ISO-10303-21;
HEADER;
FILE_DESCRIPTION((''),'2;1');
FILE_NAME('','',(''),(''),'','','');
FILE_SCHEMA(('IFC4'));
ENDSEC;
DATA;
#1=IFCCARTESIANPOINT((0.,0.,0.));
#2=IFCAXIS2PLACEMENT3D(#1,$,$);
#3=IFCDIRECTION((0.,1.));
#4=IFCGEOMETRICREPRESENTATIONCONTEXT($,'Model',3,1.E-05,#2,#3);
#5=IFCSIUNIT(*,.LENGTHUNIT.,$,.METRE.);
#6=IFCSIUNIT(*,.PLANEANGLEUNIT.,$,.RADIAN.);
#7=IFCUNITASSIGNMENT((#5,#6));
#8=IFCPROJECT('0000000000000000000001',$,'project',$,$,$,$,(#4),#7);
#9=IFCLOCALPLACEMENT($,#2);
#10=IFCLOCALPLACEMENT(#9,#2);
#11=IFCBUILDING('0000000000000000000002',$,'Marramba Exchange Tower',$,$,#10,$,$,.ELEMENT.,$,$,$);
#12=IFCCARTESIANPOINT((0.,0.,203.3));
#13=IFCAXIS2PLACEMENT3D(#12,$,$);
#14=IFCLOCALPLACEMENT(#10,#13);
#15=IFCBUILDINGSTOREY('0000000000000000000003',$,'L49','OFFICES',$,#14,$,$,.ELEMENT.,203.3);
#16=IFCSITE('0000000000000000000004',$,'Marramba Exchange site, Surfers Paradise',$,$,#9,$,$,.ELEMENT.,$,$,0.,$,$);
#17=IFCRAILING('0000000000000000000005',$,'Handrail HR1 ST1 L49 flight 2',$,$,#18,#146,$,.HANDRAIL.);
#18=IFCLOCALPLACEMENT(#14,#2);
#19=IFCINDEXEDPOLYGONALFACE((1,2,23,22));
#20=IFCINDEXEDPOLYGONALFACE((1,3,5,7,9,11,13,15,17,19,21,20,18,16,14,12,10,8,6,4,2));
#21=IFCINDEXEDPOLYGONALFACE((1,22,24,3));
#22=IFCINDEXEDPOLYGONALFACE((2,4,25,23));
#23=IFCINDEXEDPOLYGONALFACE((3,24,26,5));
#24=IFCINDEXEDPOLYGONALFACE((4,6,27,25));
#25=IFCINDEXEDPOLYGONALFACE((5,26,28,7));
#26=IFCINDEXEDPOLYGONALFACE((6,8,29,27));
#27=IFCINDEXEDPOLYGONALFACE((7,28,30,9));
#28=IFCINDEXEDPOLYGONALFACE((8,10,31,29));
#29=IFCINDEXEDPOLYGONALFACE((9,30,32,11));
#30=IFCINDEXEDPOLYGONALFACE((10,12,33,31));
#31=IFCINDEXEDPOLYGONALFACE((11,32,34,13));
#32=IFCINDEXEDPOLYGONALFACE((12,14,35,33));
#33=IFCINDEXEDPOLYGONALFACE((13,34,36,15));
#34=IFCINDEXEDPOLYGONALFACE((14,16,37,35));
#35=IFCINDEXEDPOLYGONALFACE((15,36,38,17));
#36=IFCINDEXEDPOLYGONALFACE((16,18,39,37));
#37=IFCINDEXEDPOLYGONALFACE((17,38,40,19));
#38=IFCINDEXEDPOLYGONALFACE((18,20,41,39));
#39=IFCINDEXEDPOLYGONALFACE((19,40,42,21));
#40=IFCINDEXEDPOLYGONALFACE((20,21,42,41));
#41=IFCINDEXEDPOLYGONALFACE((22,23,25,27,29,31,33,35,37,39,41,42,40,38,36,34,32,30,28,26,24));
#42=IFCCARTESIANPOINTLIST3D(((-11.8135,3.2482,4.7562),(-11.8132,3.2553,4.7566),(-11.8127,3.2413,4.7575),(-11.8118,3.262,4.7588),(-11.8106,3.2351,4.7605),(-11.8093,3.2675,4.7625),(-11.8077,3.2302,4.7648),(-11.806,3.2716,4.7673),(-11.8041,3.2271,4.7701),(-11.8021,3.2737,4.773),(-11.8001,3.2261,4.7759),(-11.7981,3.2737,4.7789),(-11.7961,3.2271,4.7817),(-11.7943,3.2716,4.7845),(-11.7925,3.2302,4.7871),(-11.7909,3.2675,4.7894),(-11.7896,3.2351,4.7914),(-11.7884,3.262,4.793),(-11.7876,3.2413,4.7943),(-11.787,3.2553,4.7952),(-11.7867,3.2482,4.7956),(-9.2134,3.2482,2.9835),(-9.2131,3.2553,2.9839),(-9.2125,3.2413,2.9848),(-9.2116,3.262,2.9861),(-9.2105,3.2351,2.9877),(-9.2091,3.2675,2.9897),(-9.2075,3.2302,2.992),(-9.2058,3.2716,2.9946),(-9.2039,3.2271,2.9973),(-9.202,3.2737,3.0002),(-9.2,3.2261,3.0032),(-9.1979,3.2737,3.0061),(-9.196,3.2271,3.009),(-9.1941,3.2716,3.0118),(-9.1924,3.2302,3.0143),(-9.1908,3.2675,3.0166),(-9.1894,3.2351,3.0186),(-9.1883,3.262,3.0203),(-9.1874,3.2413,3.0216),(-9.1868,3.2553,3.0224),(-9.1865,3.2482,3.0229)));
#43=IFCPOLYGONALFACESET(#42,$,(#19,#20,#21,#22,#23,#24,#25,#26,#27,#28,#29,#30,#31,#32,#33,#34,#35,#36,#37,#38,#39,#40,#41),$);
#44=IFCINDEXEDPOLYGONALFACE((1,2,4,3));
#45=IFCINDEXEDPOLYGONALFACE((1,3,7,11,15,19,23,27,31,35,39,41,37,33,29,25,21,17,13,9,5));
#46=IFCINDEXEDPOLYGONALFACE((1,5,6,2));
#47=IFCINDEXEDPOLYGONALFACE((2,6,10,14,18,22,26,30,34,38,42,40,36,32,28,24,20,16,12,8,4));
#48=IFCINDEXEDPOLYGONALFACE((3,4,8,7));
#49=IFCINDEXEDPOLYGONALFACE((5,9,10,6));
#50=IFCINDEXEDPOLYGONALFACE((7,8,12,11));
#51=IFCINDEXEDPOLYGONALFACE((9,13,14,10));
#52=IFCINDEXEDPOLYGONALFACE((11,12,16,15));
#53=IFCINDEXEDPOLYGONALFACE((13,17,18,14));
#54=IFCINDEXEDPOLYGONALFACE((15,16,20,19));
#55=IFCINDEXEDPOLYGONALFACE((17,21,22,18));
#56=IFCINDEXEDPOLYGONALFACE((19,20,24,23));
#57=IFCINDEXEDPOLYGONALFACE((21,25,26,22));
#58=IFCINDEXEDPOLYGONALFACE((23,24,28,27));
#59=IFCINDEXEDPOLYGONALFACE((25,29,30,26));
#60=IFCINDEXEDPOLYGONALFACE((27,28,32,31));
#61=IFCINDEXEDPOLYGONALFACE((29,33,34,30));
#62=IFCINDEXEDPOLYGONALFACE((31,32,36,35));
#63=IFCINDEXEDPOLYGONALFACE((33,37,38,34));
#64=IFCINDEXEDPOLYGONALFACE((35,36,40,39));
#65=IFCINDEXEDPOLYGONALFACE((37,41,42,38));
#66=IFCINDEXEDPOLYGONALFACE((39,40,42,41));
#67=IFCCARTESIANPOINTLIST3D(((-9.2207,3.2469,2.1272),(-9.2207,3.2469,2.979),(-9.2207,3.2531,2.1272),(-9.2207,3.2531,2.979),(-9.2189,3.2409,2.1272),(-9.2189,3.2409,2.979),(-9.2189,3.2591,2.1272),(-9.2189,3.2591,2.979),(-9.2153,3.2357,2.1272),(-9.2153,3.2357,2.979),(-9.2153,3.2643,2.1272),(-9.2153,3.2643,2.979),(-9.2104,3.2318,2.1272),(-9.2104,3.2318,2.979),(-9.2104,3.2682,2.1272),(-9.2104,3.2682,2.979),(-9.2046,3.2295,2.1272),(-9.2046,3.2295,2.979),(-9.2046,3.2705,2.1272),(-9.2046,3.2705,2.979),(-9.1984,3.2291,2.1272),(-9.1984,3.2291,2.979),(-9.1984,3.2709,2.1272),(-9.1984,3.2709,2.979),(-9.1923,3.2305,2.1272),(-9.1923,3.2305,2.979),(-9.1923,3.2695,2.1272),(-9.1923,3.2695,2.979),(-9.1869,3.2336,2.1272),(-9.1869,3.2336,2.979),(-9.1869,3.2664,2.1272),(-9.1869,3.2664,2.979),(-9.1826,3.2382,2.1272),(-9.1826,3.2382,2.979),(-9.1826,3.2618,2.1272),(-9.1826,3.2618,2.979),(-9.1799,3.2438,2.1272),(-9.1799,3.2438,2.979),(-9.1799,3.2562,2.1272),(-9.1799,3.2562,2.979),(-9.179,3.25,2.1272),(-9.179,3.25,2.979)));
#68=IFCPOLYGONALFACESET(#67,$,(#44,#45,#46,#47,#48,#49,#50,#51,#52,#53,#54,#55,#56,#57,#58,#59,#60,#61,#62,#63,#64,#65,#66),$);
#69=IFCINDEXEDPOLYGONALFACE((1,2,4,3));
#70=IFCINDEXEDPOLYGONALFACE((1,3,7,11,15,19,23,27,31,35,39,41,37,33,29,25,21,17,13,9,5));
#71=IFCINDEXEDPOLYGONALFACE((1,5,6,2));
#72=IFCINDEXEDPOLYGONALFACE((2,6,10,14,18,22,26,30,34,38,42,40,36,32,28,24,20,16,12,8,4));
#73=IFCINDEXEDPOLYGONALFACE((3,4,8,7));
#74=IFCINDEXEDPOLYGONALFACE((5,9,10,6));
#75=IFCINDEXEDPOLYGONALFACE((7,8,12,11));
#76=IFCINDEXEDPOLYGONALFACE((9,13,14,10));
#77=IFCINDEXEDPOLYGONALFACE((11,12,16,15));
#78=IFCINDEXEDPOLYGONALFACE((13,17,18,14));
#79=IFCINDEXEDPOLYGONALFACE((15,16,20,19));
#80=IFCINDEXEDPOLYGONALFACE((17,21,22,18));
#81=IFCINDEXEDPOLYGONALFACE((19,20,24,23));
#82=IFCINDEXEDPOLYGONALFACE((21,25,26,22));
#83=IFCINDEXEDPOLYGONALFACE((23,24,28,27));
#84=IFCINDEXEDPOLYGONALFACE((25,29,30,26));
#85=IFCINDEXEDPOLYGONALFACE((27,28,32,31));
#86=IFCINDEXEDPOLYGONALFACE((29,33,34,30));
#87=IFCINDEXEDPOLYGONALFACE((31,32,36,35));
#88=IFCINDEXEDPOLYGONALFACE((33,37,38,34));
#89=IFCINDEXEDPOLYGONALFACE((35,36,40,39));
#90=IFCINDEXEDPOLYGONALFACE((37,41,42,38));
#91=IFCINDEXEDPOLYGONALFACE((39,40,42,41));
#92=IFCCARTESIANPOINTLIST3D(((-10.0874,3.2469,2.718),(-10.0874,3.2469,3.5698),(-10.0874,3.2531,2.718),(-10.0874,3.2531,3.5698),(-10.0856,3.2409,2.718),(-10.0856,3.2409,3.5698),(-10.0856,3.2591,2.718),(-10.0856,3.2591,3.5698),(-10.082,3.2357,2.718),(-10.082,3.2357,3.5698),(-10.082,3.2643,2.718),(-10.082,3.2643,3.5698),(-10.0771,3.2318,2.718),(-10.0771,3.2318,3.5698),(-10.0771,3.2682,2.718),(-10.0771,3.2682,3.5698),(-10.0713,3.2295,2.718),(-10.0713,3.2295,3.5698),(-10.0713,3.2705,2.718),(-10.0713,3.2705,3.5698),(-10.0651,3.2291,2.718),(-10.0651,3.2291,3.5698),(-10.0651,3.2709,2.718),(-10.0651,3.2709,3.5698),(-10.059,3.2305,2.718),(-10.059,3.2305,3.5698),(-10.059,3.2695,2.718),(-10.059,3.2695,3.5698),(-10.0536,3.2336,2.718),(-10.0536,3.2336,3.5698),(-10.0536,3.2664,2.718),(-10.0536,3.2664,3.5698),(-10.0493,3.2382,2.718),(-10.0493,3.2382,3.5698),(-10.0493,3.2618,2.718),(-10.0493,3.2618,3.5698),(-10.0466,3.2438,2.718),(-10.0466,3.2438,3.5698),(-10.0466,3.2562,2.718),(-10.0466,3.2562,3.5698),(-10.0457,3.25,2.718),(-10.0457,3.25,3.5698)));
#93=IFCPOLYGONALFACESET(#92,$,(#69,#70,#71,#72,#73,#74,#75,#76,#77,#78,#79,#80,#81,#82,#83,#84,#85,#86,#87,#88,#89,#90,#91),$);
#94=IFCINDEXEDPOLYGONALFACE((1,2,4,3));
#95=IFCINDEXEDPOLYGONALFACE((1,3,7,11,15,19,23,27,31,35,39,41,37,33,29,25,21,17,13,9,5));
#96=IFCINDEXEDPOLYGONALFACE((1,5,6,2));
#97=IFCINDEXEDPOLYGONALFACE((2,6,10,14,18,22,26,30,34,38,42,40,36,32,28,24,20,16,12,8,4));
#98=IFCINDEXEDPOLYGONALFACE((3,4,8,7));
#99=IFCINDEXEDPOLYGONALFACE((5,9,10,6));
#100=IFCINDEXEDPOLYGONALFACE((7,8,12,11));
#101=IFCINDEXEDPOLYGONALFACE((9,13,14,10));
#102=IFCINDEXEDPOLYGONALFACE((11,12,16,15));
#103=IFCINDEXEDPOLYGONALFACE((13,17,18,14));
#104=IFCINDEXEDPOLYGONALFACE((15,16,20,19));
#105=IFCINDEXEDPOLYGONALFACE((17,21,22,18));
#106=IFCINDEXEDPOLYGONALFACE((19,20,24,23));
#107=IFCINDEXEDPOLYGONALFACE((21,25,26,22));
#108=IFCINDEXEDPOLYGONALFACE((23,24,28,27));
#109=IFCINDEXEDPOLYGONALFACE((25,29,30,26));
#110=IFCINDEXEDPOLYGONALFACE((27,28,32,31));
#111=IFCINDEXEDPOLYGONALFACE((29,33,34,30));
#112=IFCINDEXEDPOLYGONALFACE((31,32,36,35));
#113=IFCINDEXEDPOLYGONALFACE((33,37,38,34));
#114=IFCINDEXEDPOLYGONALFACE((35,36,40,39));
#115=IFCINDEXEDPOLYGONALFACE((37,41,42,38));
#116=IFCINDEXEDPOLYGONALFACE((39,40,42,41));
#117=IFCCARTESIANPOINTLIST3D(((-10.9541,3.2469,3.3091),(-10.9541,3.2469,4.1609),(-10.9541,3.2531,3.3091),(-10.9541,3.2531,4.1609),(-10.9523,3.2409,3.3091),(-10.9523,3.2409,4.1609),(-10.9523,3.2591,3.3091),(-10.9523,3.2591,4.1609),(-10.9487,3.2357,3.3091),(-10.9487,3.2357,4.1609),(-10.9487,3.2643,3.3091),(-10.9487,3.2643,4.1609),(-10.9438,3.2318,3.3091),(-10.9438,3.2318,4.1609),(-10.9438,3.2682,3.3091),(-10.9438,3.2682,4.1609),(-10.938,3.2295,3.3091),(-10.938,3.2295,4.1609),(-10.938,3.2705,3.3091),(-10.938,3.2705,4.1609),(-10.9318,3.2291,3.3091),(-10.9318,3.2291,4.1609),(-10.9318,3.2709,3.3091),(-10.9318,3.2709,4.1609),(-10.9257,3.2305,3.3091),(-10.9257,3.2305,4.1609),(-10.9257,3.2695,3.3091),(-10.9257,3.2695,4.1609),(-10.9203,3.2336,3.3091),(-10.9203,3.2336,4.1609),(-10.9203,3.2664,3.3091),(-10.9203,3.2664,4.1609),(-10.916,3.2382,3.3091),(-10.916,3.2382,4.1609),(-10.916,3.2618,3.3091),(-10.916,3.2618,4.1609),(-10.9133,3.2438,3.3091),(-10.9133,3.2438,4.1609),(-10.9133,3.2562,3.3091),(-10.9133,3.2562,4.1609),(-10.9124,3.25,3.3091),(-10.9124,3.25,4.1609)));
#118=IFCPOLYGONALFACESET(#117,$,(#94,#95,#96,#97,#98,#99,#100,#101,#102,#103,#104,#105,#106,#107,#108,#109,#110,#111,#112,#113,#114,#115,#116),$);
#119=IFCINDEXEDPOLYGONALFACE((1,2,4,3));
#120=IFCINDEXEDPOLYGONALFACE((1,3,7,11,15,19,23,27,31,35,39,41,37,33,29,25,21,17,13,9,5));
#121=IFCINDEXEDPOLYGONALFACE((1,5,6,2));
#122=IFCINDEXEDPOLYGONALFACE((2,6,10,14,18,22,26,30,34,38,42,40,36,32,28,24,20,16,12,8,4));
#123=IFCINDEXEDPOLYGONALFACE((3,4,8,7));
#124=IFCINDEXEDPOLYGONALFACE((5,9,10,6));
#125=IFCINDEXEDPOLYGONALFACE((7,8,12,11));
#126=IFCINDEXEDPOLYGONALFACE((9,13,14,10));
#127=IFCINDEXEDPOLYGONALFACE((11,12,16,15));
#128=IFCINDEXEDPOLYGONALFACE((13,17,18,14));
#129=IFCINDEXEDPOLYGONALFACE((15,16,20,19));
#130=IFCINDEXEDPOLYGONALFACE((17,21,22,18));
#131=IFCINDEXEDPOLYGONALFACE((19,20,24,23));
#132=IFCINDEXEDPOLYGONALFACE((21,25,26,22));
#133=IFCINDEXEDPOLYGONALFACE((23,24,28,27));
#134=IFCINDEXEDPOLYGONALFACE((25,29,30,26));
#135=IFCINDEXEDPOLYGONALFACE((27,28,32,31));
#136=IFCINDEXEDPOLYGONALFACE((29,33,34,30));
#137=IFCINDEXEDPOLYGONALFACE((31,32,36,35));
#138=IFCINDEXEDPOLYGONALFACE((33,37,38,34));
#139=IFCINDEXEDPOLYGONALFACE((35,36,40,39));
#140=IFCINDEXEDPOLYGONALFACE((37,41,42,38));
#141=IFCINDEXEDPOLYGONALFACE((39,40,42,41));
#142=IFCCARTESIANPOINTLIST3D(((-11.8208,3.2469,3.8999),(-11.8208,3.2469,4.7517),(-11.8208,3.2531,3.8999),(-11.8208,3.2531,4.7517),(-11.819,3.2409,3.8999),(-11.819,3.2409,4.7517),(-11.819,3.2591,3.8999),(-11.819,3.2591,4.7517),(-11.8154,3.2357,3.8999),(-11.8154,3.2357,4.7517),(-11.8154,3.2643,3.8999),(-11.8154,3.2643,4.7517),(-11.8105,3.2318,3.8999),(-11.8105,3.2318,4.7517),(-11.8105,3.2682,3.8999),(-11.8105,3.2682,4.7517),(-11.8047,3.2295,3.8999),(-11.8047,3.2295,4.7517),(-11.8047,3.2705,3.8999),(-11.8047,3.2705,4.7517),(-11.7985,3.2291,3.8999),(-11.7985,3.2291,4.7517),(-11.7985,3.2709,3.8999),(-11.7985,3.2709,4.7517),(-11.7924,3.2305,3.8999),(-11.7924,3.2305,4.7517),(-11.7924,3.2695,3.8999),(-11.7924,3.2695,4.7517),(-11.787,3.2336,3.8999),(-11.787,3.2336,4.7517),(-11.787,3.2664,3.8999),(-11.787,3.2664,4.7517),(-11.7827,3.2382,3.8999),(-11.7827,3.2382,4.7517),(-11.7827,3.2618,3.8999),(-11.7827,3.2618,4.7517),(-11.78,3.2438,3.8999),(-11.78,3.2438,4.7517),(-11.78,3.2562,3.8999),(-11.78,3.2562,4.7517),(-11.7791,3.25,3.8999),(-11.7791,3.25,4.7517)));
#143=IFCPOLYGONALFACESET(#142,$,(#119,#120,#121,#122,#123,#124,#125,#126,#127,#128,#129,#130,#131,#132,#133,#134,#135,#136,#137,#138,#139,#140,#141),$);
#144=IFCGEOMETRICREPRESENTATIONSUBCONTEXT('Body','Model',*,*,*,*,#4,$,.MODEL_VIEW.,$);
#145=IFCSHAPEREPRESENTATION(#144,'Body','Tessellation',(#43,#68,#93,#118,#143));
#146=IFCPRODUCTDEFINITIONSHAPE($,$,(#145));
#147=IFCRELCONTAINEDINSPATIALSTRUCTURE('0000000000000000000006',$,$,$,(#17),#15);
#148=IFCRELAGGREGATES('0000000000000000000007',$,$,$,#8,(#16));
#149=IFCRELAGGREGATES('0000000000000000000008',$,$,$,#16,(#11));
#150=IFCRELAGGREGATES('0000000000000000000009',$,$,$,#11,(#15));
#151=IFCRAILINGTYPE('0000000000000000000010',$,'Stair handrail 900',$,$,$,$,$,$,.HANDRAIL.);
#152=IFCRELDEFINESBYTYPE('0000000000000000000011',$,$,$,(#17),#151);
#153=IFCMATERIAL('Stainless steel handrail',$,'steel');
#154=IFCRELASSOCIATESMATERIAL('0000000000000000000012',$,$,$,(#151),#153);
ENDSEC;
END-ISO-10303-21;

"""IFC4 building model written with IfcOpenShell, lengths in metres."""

from ifc_helpers import new_model, si_unit, direction, frame, origin, origin_2d, place, context, subcontext, project, spatial, circle, extrude, material, type_object, element, save


model = new_model("IFC4")

# Units and contexts
model_context = context("Model", 3, precision=1e-05, world=origin(), true_north=direction((0.0, 1.0)))
body_context = subcontext(model_context, "Body", "Model", "MODEL_VIEW")
ifc_project = project(units=[si_unit("LENGTHUNIT", "METRE"), si_unit("PLANEANGLEUNIT", "RADIAN")], contexts=[model_context])

# Site, building, storey
site_placement = place(None, origin())
site = spatial("IfcSite", under=ifc_project, at=site_placement, Name="Marramba Exchange site, Surfers Paradise", CompositionType="ELEMENT", RefElevation=0.0)
building_placement = place(site_placement, origin())
building = spatial("IfcBuilding", under=site, at=building_placement, Name="Marramba Exchange Tower", CompositionType="ELEMENT")
storey_placement = place(building_placement, frame((0.0, 0.0, 203.3)))
storey = spatial("IfcBuildingStorey", under=building, at=storey_placement, Name="L49", Description="OFFICES", CompositionType="ELEMENT", Elevation=203.3)

# Railing
ifc_material_1 = material(Name="Stainless steel handrail", Category="steel")
railing_type = type_object("IfcRailingType", Name="Stair handrail 900", PredefinedType="HANDRAIL", material=ifc_material_1)
railing_1_placement = place(storey_placement, frame((-9.2, 3.25, 2.1272)))
element("IfcRailing", 1, at=railing_1_placement, inside=storey, type_object=railing_type, Name="Handrail HR1 ST1 L49 flight 2", PredefinedType="HANDRAIL", context=body_context, shape_type="SweptSolid", body=[
    extrude(circle(Radius=0.0239, at=origin_2d()), frame((0.0, 0.0, 0.876), z_axis=(-0.82624, 0.0, 0.563318), x_axis=(0.0, -1.0, 0.0)), (0.0, 0.0, 1.0), 3.147),
    extrude(circle(Radius=0.021, at=origin_2d()), origin(), (0.0, 0.0, 1.0), 0.8518),
    extrude(circle(Radius=0.021, at=origin_2d()), frame((-0.8667, 0.0, 0.5908)), (0.0, 0.0, 1.0), 0.8518),
    extrude(circle(Radius=0.021, at=origin_2d()), frame((-1.7334, 0.0, 1.1819)), (0.0, 0.0, 1.0), 0.8518),
    extrude(circle(Radius=0.021, at=origin_2d()), frame((-2.6001, 0.0, 1.7727)), (0.0, 0.0, 1.0), 0.8518),
])

save(model, "model.ifc")
